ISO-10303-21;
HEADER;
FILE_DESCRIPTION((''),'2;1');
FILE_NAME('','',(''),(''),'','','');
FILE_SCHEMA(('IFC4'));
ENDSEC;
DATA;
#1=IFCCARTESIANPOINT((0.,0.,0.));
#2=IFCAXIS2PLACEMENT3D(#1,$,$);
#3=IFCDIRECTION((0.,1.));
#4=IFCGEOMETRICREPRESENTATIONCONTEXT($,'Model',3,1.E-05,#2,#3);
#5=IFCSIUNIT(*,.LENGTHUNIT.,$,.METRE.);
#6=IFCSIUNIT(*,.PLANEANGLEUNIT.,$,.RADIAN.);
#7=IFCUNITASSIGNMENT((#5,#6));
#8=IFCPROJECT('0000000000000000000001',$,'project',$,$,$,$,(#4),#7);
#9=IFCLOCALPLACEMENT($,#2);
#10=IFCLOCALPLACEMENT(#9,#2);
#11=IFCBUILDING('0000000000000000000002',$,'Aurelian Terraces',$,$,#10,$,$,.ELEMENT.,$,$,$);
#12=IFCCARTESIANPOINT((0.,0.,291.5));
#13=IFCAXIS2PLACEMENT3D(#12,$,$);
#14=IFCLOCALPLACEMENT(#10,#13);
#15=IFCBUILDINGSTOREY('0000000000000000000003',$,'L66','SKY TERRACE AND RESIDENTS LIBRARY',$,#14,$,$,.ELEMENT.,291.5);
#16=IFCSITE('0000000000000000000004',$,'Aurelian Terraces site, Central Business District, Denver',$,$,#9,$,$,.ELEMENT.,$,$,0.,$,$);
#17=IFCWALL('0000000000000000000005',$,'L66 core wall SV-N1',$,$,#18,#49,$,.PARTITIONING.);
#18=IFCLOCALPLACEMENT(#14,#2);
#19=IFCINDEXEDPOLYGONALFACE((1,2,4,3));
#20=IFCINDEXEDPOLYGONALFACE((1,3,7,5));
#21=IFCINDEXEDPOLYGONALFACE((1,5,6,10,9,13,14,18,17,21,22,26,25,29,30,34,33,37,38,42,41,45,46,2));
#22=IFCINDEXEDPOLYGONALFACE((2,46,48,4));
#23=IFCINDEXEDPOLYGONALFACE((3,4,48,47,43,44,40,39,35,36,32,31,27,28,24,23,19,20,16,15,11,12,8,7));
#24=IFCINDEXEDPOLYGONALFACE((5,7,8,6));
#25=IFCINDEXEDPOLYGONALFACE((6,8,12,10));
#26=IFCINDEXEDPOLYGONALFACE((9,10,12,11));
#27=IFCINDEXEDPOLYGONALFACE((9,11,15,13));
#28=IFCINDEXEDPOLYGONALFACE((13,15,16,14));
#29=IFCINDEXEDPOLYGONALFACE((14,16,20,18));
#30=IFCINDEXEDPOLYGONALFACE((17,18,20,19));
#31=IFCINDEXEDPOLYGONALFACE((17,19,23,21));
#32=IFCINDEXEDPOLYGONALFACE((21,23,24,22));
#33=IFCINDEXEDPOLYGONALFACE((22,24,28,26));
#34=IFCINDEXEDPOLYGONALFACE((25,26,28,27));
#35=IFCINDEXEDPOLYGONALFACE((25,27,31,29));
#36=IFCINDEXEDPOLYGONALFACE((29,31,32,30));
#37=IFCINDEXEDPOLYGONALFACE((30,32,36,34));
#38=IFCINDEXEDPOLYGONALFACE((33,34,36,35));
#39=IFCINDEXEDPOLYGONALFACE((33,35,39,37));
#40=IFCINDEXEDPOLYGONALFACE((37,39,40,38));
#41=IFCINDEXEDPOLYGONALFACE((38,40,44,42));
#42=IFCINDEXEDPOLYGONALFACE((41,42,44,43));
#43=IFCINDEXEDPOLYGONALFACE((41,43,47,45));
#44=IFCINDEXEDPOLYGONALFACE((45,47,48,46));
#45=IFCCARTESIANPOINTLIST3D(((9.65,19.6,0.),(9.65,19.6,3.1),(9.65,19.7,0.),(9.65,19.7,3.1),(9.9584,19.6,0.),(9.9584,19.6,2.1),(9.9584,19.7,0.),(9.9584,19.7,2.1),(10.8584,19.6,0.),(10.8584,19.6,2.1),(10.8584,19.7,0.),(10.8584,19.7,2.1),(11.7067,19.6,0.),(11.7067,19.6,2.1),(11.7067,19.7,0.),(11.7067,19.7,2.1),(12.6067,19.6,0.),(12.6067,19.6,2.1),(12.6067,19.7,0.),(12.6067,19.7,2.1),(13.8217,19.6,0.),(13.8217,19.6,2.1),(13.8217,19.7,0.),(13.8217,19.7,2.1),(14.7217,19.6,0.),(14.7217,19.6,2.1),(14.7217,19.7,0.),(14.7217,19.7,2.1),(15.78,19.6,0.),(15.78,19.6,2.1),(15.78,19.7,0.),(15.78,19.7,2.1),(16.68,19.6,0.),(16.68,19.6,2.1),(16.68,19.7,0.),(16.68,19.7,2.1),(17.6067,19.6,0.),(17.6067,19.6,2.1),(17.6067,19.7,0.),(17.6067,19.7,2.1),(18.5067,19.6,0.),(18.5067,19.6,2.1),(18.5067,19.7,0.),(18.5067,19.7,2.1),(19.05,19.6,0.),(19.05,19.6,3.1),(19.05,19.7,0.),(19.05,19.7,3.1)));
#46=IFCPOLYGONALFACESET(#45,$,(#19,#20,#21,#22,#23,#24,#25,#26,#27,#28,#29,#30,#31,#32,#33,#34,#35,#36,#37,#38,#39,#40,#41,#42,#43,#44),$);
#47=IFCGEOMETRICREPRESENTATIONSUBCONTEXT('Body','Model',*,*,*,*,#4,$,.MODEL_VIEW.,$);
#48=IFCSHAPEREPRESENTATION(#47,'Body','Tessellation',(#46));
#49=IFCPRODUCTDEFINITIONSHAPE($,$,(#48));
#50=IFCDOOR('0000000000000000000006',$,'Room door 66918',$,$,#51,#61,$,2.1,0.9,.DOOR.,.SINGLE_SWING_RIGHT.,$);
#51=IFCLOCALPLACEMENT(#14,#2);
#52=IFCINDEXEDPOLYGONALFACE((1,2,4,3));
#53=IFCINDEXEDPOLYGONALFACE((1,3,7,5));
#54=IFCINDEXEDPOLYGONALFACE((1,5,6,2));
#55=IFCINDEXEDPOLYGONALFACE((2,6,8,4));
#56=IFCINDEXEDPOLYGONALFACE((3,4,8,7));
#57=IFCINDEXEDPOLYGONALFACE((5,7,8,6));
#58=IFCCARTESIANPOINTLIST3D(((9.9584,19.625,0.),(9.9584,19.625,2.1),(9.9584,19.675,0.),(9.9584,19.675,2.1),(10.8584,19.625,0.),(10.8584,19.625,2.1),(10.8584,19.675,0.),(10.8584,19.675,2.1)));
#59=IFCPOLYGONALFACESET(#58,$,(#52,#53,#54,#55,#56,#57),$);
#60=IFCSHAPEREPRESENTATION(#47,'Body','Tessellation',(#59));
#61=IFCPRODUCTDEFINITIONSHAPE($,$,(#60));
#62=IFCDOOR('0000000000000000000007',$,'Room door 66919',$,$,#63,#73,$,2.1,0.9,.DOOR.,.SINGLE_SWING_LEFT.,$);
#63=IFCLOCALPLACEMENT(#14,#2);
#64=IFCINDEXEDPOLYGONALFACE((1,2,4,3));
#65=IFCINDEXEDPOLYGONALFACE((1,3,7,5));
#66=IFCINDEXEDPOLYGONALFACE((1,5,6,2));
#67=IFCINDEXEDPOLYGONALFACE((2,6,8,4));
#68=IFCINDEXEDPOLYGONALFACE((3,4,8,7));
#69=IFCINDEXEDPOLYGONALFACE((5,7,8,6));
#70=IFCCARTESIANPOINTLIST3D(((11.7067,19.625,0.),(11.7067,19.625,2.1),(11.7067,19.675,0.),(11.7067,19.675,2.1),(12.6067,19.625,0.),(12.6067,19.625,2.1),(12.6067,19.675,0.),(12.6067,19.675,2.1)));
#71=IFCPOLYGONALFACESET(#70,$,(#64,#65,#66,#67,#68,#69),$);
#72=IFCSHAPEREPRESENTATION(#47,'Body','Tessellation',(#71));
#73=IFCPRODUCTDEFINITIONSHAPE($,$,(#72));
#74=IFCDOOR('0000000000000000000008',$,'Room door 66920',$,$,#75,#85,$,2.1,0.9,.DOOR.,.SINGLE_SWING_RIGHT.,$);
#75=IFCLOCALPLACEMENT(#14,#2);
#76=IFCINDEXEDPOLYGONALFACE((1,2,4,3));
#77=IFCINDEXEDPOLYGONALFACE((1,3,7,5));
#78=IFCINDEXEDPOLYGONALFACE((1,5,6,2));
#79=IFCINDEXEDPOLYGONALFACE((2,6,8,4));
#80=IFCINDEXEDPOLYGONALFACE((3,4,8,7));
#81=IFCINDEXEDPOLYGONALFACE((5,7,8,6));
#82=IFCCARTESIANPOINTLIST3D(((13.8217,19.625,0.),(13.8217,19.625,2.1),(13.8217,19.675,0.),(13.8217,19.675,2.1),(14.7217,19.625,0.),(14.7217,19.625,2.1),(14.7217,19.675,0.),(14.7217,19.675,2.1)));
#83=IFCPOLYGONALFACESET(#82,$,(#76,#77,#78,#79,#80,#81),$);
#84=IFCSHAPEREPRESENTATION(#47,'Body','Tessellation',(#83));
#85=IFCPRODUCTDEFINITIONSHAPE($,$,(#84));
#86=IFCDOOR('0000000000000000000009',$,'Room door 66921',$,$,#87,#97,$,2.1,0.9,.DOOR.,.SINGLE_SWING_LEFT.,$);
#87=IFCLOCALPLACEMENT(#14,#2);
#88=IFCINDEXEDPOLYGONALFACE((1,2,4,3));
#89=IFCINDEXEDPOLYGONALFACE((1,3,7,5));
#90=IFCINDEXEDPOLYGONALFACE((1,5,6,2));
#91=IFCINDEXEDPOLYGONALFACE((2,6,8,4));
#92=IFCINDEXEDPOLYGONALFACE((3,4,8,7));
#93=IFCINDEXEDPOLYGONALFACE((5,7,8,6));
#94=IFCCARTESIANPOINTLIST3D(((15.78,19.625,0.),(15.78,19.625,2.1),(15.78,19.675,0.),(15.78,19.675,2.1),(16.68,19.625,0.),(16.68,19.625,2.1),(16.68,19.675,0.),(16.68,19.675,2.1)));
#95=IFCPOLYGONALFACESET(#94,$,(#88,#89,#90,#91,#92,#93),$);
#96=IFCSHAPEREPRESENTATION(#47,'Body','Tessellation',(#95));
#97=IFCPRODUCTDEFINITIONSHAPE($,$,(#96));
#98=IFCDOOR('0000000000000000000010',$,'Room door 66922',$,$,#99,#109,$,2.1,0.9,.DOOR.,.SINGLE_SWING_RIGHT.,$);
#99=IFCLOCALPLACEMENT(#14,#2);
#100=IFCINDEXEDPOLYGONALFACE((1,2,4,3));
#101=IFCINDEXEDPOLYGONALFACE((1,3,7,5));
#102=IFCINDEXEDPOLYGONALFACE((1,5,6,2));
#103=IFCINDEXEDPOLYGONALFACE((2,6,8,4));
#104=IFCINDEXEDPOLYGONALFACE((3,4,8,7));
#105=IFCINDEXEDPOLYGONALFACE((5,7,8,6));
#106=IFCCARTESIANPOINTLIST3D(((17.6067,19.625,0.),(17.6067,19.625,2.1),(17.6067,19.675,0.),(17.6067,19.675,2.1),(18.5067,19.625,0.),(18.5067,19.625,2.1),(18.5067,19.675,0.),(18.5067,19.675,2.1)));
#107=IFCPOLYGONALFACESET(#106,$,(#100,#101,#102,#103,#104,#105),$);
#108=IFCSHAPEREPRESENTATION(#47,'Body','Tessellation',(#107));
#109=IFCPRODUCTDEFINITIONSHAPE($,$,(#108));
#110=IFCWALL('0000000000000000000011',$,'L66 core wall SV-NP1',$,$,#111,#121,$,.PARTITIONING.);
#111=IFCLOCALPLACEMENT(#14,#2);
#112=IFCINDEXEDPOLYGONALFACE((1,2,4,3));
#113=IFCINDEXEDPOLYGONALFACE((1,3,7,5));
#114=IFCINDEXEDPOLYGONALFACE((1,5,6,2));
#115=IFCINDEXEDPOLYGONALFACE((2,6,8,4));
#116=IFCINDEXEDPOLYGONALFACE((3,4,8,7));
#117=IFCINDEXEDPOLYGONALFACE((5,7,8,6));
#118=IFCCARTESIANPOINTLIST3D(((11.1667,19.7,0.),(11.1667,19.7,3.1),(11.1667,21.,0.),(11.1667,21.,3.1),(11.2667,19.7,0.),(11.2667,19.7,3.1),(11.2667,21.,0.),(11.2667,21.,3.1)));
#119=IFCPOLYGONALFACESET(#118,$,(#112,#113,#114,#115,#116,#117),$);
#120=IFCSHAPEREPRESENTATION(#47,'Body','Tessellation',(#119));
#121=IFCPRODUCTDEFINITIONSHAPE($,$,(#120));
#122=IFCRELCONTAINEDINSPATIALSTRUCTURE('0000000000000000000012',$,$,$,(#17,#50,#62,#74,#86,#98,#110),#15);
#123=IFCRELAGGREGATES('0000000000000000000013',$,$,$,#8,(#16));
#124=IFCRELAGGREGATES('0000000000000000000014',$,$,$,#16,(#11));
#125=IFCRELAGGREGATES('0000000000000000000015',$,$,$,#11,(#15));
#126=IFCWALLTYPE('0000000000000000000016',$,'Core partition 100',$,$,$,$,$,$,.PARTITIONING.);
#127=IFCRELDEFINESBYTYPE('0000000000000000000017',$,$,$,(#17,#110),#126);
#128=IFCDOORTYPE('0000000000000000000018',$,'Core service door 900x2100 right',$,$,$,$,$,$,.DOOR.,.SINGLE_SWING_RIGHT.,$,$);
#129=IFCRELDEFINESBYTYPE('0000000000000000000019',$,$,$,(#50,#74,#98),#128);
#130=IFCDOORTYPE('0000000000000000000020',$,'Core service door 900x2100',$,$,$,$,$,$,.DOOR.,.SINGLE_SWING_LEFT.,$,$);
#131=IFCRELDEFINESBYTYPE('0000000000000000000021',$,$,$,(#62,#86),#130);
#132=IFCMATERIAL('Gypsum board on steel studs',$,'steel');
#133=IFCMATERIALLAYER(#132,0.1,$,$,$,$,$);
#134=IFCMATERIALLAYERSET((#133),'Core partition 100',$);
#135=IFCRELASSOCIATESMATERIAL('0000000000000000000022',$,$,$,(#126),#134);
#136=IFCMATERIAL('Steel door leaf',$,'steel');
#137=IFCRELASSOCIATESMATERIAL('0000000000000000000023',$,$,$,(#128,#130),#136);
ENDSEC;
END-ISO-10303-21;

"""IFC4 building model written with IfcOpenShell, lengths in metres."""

from ifc_helpers import new_model, si_unit, direction, frame, frame_2d, origin, place, context, subcontext, project, spatial, rectangle, extrude, source, transform, mapped, material, layer, layer_set, type_object, element, fill, save


model = new_model("IFC4")

# Units and contexts
model_context = context("Model", 3, precision=1e-05, world=origin(), true_north=direction((0.0, 1.0)))
body_context = subcontext(model_context, "Body", "Model", "MODEL_VIEW")
ifc_project = project(units=[si_unit("LENGTHUNIT", "METRE"), si_unit("PLANEANGLEUNIT", "RADIAN")], contexts=[model_context])

# Site, building, storey
site_placement = place(None, origin())
site = spatial("IfcSite", under=ifc_project, at=site_placement, Name="Aurelian Terraces site, Central Business District, Denver", CompositionType="ELEMENT", RefElevation=0.0)
building_placement = place(site_placement, origin())
building = spatial("IfcBuilding", under=site, at=building_placement, Name="Aurelian Terraces", CompositionType="ELEMENT")
storey_placement = place(building_placement, frame((0.0, 0.0, 291.5)))
storey = spatial("IfcBuildingStorey", under=building, at=storey_placement, Name="L66", Description="SKY TERRACE AND RESIDENTS LIBRARY", CompositionType="ELEMENT", Elevation=291.5)

# Wall, openings, doors
ifc_material_1 = material(Name="Gypsum board on steel studs", Category="steel")
ifc_layer_1 = layer(ifc_material_1, 0.1)
ifc_layer_set_1 = layer_set([ifc_layer_1], Name="Core partition 100")
wall_type_1 = type_object("IfcWallType", Name="Core partition 100", PredefinedType="PARTITIONING", material=ifc_layer_set_1)
wall_1_placement = place(storey_placement, frame((9.65, 19.65, 0.0), z_axis=(0.0, 0.0, 1.0), x_axis=(1.0, 0.0, 0.0)))
wall_1 = element("IfcWall", 1, at=wall_1_placement, inside=storey, type_object=wall_type_1, Name="L66 core wall SV-N1", PredefinedType="PARTITIONING", context=body_context, shape_type="SweptSolid", body=[
    extrude(rectangle(XDim=9.4, YDim=0.1, at=frame_2d((4.7, 0.0))), origin(), (0.0, 0.0, 1.0), 3.1),
])
opening_1_placement = place(wall_1_placement, frame((0.3084, 0.0, 0.0)))
opening_1 = element("IfcOpeningElement", 2, at=opening_1_placement, cuts=wall_1, PredefinedType="OPENING", context=body_context, shape_type="SweptSolid", body=[
    extrude(rectangle(XDim=0.9, YDim=2.1, at=frame_2d((0.45, 1.05))), frame((0.0, 0.06, 0.0), z_axis=(0.0, -1.0, 0.0), x_axis=(1.0, 0.0, 0.0)), (0.0, 0.0, 1.0), 0.12),
])
shared_shape_1 = source(origin(), body_context, "Body", "SweptSolid", [
    extrude(rectangle(XDim=0.9, YDim=2.1, at=frame_2d((0.45, 1.05))), frame((0.0, 0.06, 0.0), z_axis=(0.0, -1.0, 0.0), x_axis=(1.0, 0.0, 0.0)), (0.0, 0.0, 1.0), 0.12),
])
opening_2_placement = place(wall_1_placement, frame((2.0567, 0.0, 0.0)))
opening_2 = element("IfcOpeningElement", 3, at=opening_2_placement, cuts=wall_1, PredefinedType="OPENING", context=body_context, shape_type="MappedRepresentation", body=[
    mapped(shared_shape_1, transform((0.0, 0.0, 0.0), scale=1.0)),
])
opening_3_placement = place(wall_1_placement, frame((4.1717, 0.0, 0.0)))
opening_3 = element("IfcOpeningElement", 4, at=opening_3_placement, cuts=wall_1, PredefinedType="OPENING", context=body_context, shape_type="MappedRepresentation", body=[
    mapped(shared_shape_1, transform((0.0, 0.0, 0.0), scale=1.0)),
])
opening_4_placement = place(wall_1_placement, frame((6.13, 0.0, 0.0)))
opening_4 = element("IfcOpeningElement", 5, at=opening_4_placement, cuts=wall_1, PredefinedType="OPENING", context=body_context, shape_type="MappedRepresentation", body=[
    mapped(shared_shape_1, transform((0.0, 0.0, 0.0), scale=1.0)),
])
opening_5_placement = place(wall_1_placement, frame((7.9567, 0.0, 0.0)))
opening_5 = element("IfcOpeningElement", 6, at=opening_5_placement, cuts=wall_1, PredefinedType="OPENING", context=body_context, shape_type="MappedRepresentation", body=[
    mapped(shared_shape_1, transform((0.0, 0.0, 0.0), scale=1.0)),
])
ifc_material_2 = material(Name="Steel door leaf", Category="steel")
door_type_1 = type_object("IfcDoorType", Name="Core service door 900x2100 right", OperationType="SINGLE_SWING_RIGHT", PredefinedType="DOOR", material=ifc_material_2)
shared_shape_2 = source(origin(), body_context, "Body", "SweptSolid", [
    extrude(rectangle(XDim=0.9, YDim=2.1, at=frame_2d((0.45, 1.05))), frame((0.0, 0.025, 0.0), z_axis=(0.0, -1.0, 0.0), x_axis=(1.0, 0.0, 0.0)), (0.0, 0.0, 1.0), 0.05),
])
door_1_placement = place(opening_1_placement, origin())
door_1 = element("IfcDoor", 7, at=door_1_placement, inside=storey, type_object=door_type_1, Name="Room door 66918", OperationType="SINGLE_SWING_RIGHT", OverallHeight=2.1, OverallWidth=0.9, PredefinedType="DOOR", context=body_context, shape_type="MappedRepresentation", body=[
    mapped(shared_shape_2, transform((0.0, 0.0, 0.0), scale=1.0)),
])
fill(opening_1, door_1)
door_type_2 = type_object("IfcDoorType", Name="Core service door 900x2100", OperationType="SINGLE_SWING_LEFT", PredefinedType="DOOR", material=ifc_material_2)
door_2_placement = place(opening_2_placement, origin())
door_2 = element("IfcDoor", 8, at=door_2_placement, inside=storey, type_object=door_type_2, Name="Room door 66919", OperationType="SINGLE_SWING_LEFT", OverallHeight=2.1, OverallWidth=0.9, PredefinedType="DOOR", context=body_context, shape_type="MappedRepresentation", body=[
    mapped(shared_shape_2, transform((0.0, 0.0, 0.0), scale=1.0)),
])
fill(opening_2, door_2)
door_3_placement = place(opening_3_placement, origin())
door_3 = element("IfcDoor", 9, at=door_3_placement, inside=storey, type_object=door_type_1, Name="Room door 66920", OperationType="SINGLE_SWING_RIGHT", OverallHeight=2.1, OverallWidth=0.9, PredefinedType="DOOR", context=body_context, shape_type="MappedRepresentation", body=[
    mapped(shared_shape_2, transform((0.0, 0.0, 0.0), scale=1.0)),
])
fill(opening_3, door_3)
door_4_placement = place(opening_4_placement, origin())
door_4 = element("IfcDoor", 10, at=door_4_placement, inside=storey, type_object=door_type_2, Name="Room door 66921", OperationType="SINGLE_SWING_LEFT", OverallHeight=2.1, OverallWidth=0.9, PredefinedType="DOOR", context=body_context, shape_type="MappedRepresentation", body=[
    mapped(shared_shape_2, transform((0.0, 0.0, 0.0), scale=1.0)),
])
fill(opening_4, door_4)
door_5_placement = place(opening_5_placement, origin())
door_5 = element("IfcDoor", 11, at=door_5_placement, inside=storey, type_object=door_type_1, Name="Room door 66922", OperationType="SINGLE_SWING_RIGHT", OverallHeight=2.1, OverallWidth=0.9, PredefinedType="DOOR", context=body_context, shape_type="MappedRepresentation", body=[
    mapped(shared_shape_2, transform((0.0, 0.0, 0.0), scale=1.0)),
])
fill(opening_5, door_5)

# Wall
wall_2_placement = place(storey_placement, frame((11.2167, 19.7, 0.0), z_axis=(0.0, 0.0, 1.0), x_axis=(0.0, 1.0, 0.0)))
element("IfcWall", 12, at=wall_2_placement, inside=storey, type_object=wall_type_1, Name="L66 core wall SV-NP1", PredefinedType="PARTITIONING", context=body_context, shape_type="SweptSolid", body=[
    extrude(rectangle(XDim=1.3, YDim=0.1, at=frame_2d((0.65, 0.0))), origin(), (0.0, 0.0, 1.0), 3.1),
])

save(model, "model.ifc")
